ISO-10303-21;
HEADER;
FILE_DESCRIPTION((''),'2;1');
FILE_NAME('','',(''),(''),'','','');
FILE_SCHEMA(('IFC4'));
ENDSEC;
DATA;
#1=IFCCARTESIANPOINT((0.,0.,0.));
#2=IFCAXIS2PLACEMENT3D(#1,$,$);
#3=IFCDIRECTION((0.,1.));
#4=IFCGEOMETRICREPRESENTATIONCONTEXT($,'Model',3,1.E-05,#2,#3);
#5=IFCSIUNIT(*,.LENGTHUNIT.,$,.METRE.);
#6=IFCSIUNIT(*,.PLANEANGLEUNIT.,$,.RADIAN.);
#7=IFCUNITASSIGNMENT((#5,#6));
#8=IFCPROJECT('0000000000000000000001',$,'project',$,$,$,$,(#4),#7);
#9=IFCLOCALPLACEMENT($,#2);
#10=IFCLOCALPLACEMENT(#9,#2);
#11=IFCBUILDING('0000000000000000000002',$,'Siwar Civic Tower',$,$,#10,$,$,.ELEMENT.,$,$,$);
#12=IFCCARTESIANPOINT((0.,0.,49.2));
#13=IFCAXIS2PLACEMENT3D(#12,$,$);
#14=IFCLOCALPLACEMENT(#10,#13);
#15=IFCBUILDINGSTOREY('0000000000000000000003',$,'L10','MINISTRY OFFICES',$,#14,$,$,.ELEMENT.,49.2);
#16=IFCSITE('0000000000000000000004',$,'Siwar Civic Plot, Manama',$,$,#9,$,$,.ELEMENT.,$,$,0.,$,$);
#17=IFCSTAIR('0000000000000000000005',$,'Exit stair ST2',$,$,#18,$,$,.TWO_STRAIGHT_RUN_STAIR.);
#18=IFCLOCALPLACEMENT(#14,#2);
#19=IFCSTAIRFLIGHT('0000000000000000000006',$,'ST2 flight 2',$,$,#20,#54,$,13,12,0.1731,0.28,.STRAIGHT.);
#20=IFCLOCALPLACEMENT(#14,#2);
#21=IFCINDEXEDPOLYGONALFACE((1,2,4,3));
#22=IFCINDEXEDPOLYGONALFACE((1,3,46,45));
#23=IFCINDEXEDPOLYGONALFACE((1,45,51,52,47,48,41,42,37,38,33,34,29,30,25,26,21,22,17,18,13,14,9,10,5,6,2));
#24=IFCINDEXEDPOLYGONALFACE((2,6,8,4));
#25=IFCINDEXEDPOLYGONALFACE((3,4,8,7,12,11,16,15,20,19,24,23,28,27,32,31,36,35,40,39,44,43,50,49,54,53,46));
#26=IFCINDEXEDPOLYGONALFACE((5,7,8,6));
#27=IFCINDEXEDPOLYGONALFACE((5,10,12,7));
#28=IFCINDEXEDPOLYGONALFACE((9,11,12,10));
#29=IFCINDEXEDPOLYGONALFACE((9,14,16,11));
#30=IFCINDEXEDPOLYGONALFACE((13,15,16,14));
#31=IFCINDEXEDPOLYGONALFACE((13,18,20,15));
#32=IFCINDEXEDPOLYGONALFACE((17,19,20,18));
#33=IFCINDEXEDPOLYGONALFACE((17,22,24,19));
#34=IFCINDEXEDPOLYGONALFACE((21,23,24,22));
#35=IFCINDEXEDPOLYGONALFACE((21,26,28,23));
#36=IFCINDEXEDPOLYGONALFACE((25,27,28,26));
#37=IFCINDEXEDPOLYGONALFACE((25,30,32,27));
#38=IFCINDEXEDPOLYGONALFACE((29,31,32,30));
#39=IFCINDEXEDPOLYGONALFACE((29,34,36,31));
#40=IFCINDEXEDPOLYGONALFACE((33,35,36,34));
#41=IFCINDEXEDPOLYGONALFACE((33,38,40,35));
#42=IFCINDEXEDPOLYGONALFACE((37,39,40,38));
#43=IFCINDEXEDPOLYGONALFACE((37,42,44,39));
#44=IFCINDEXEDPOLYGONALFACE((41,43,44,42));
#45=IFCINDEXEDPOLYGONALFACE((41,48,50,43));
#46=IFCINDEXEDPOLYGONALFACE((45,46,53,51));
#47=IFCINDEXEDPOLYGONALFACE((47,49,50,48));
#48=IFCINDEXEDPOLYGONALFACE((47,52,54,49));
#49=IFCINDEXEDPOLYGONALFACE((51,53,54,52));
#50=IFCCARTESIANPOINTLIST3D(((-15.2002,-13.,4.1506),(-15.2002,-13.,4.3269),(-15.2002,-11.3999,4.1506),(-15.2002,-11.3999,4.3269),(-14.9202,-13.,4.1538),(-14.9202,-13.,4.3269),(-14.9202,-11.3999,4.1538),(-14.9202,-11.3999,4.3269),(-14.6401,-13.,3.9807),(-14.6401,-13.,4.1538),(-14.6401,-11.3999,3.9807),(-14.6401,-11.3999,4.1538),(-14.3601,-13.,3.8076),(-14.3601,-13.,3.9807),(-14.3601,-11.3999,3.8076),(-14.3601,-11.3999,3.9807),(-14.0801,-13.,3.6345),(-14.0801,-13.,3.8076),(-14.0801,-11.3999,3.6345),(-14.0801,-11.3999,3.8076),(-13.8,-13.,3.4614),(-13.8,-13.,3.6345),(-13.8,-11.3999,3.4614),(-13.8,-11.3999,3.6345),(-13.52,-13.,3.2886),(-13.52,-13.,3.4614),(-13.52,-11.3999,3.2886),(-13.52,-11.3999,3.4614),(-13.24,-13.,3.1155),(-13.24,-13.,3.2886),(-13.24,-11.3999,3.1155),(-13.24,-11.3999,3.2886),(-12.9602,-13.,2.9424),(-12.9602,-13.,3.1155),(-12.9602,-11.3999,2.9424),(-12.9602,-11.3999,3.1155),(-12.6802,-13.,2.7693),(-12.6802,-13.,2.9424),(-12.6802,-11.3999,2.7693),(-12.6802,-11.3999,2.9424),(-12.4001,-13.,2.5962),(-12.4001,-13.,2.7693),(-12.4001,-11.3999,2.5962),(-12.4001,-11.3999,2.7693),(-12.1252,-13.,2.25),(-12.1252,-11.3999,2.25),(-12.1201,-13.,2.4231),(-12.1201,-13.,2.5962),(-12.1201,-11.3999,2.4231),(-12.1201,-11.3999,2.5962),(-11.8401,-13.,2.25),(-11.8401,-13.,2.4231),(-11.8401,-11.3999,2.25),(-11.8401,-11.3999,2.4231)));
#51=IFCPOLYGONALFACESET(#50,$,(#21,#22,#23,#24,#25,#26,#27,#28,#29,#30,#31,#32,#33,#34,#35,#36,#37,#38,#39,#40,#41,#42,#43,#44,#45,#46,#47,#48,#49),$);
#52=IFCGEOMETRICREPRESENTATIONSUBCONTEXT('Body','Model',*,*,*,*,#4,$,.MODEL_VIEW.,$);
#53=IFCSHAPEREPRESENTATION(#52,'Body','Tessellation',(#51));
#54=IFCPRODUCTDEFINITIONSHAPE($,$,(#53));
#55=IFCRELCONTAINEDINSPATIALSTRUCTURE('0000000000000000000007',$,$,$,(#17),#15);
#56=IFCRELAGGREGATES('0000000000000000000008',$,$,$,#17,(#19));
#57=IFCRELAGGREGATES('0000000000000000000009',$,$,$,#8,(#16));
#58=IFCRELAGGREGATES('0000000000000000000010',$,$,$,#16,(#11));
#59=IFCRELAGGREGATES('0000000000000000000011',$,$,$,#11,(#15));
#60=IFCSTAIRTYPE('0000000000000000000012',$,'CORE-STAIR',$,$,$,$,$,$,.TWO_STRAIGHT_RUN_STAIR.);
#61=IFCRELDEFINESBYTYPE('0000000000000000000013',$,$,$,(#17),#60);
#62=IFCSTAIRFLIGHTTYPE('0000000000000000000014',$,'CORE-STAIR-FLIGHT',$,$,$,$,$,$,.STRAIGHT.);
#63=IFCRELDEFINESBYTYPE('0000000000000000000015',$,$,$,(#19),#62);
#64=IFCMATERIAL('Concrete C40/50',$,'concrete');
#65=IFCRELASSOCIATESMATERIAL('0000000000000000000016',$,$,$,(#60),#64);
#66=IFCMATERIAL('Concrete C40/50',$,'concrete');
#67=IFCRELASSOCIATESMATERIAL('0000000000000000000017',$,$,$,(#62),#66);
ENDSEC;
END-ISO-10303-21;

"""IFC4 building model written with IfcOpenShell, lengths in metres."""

from ifc_helpers import new_model, si_unit, direction, frame, origin, place, context, subcontext, project, spatial, polyline, outline, extrude, material, type_object, element, aggregate, save


model = new_model("IFC4")

# Units and contexts
model_context = context("Model", 3, precision=1e-05, world=origin(), true_north=direction((0.0, 1.0)))
body_context = subcontext(model_context, "Body", "Model", "MODEL_VIEW")
ifc_project = project(units=[si_unit("LENGTHUNIT", "METRE"), si_unit("PLANEANGLEUNIT", "RADIAN")], contexts=[model_context])

# Site, building, storey
site_placement = place(None, origin())
site = spatial("IfcSite", under=ifc_project, at=site_placement, Name="Siwar Civic Plot, Manama", CompositionType="ELEMENT", RefElevation=0.0)
building_placement = place(site_placement, origin())
building = spatial("IfcBuilding", under=site, at=building_placement, Name="Siwar Civic Tower", CompositionType="ELEMENT")
storey_placement = place(building_placement, frame((0.0, 0.0, 49.2)))
storey = spatial("IfcBuildingStorey", under=building, at=storey_placement, Name="L10", Description="MINISTRY OFFICES", CompositionType="ELEMENT", Elevation=49.2)

# Stair, stair flight
ifc_material_1 = material(Name="Concrete C40/50", Category="concrete")
stair_type = type_object("IfcStairType", Name="CORE-STAIR", PredefinedType="TWO_STRAIGHT_RUN_STAIR", material=ifc_material_1)
stair_placement = place(storey_placement, origin())
stair = element("IfcStair", 1, at=stair_placement, inside=storey, type_object=stair_type, Name="Exit stair ST2", PredefinedType="TWO_STRAIGHT_RUN_STAIR")
ifc_material_2 = material(Name="Concrete C40/50", Category="concrete")
stair_flight_type = type_object("IfcStairFlightType", Name="CORE-STAIR-FLIGHT", PredefinedType="STRAIGHT", material=ifc_material_2)
stair_flight_1_placement = place(storey_placement, frame((-11.8401, -12.2, 2.25), z_axis=(0.0, 0.0, 1.0), x_axis=(-1.0, 0.0, 0.0)))
stair_flight_1 = element("IfcStairFlight", 2, at=stair_flight_1_placement, type_object=stair_flight_type, Name="ST2 flight 2", NumberOfRisers=13, NumberOfTreads=12, PredefinedType="STRAIGHT", RiserHeight=0.1731, TreadLength=0.28, context=body_context, shape_type="SweptSolid", body=[
    extrude(outline(polyline([(0.0, 0.0), (0.0, 0.1731), (0.28, 0.1731), (0.28, 0.3462), (0.5601, 0.3462), (0.5601, 0.5193), (0.8401, 0.5193), (0.8401, 0.6924), (1.1201, 0.6924), (1.1201, 0.8655), (1.3999, 0.8655), (1.3999, 1.0386), (1.6799, 1.0386), (1.6799, 1.2114), (1.96, 1.2114), (1.96, 1.3845), (2.24, 1.3845), (2.24, 1.5576), (2.52, 1.5576), (2.52, 1.7307), (2.8, 1.7307), (2.8, 1.9038), (3.0801, 1.9038), (3.0801, 2.0769), (3.3601, 2.0769), (3.3601, 2.25), (3.3601, 1.9006), (0.2852, 0.0), (0.0, 0.0)])), frame((0.0, 0.8, 0.0), z_axis=(0.0, -1.0, 0.0), x_axis=(1.0, 0.0, 0.0)), (0.0, 0.0, 1.0), 1.6001),
])
aggregate(stair, [stair_flight_1])

save(model, "model.ifc")
